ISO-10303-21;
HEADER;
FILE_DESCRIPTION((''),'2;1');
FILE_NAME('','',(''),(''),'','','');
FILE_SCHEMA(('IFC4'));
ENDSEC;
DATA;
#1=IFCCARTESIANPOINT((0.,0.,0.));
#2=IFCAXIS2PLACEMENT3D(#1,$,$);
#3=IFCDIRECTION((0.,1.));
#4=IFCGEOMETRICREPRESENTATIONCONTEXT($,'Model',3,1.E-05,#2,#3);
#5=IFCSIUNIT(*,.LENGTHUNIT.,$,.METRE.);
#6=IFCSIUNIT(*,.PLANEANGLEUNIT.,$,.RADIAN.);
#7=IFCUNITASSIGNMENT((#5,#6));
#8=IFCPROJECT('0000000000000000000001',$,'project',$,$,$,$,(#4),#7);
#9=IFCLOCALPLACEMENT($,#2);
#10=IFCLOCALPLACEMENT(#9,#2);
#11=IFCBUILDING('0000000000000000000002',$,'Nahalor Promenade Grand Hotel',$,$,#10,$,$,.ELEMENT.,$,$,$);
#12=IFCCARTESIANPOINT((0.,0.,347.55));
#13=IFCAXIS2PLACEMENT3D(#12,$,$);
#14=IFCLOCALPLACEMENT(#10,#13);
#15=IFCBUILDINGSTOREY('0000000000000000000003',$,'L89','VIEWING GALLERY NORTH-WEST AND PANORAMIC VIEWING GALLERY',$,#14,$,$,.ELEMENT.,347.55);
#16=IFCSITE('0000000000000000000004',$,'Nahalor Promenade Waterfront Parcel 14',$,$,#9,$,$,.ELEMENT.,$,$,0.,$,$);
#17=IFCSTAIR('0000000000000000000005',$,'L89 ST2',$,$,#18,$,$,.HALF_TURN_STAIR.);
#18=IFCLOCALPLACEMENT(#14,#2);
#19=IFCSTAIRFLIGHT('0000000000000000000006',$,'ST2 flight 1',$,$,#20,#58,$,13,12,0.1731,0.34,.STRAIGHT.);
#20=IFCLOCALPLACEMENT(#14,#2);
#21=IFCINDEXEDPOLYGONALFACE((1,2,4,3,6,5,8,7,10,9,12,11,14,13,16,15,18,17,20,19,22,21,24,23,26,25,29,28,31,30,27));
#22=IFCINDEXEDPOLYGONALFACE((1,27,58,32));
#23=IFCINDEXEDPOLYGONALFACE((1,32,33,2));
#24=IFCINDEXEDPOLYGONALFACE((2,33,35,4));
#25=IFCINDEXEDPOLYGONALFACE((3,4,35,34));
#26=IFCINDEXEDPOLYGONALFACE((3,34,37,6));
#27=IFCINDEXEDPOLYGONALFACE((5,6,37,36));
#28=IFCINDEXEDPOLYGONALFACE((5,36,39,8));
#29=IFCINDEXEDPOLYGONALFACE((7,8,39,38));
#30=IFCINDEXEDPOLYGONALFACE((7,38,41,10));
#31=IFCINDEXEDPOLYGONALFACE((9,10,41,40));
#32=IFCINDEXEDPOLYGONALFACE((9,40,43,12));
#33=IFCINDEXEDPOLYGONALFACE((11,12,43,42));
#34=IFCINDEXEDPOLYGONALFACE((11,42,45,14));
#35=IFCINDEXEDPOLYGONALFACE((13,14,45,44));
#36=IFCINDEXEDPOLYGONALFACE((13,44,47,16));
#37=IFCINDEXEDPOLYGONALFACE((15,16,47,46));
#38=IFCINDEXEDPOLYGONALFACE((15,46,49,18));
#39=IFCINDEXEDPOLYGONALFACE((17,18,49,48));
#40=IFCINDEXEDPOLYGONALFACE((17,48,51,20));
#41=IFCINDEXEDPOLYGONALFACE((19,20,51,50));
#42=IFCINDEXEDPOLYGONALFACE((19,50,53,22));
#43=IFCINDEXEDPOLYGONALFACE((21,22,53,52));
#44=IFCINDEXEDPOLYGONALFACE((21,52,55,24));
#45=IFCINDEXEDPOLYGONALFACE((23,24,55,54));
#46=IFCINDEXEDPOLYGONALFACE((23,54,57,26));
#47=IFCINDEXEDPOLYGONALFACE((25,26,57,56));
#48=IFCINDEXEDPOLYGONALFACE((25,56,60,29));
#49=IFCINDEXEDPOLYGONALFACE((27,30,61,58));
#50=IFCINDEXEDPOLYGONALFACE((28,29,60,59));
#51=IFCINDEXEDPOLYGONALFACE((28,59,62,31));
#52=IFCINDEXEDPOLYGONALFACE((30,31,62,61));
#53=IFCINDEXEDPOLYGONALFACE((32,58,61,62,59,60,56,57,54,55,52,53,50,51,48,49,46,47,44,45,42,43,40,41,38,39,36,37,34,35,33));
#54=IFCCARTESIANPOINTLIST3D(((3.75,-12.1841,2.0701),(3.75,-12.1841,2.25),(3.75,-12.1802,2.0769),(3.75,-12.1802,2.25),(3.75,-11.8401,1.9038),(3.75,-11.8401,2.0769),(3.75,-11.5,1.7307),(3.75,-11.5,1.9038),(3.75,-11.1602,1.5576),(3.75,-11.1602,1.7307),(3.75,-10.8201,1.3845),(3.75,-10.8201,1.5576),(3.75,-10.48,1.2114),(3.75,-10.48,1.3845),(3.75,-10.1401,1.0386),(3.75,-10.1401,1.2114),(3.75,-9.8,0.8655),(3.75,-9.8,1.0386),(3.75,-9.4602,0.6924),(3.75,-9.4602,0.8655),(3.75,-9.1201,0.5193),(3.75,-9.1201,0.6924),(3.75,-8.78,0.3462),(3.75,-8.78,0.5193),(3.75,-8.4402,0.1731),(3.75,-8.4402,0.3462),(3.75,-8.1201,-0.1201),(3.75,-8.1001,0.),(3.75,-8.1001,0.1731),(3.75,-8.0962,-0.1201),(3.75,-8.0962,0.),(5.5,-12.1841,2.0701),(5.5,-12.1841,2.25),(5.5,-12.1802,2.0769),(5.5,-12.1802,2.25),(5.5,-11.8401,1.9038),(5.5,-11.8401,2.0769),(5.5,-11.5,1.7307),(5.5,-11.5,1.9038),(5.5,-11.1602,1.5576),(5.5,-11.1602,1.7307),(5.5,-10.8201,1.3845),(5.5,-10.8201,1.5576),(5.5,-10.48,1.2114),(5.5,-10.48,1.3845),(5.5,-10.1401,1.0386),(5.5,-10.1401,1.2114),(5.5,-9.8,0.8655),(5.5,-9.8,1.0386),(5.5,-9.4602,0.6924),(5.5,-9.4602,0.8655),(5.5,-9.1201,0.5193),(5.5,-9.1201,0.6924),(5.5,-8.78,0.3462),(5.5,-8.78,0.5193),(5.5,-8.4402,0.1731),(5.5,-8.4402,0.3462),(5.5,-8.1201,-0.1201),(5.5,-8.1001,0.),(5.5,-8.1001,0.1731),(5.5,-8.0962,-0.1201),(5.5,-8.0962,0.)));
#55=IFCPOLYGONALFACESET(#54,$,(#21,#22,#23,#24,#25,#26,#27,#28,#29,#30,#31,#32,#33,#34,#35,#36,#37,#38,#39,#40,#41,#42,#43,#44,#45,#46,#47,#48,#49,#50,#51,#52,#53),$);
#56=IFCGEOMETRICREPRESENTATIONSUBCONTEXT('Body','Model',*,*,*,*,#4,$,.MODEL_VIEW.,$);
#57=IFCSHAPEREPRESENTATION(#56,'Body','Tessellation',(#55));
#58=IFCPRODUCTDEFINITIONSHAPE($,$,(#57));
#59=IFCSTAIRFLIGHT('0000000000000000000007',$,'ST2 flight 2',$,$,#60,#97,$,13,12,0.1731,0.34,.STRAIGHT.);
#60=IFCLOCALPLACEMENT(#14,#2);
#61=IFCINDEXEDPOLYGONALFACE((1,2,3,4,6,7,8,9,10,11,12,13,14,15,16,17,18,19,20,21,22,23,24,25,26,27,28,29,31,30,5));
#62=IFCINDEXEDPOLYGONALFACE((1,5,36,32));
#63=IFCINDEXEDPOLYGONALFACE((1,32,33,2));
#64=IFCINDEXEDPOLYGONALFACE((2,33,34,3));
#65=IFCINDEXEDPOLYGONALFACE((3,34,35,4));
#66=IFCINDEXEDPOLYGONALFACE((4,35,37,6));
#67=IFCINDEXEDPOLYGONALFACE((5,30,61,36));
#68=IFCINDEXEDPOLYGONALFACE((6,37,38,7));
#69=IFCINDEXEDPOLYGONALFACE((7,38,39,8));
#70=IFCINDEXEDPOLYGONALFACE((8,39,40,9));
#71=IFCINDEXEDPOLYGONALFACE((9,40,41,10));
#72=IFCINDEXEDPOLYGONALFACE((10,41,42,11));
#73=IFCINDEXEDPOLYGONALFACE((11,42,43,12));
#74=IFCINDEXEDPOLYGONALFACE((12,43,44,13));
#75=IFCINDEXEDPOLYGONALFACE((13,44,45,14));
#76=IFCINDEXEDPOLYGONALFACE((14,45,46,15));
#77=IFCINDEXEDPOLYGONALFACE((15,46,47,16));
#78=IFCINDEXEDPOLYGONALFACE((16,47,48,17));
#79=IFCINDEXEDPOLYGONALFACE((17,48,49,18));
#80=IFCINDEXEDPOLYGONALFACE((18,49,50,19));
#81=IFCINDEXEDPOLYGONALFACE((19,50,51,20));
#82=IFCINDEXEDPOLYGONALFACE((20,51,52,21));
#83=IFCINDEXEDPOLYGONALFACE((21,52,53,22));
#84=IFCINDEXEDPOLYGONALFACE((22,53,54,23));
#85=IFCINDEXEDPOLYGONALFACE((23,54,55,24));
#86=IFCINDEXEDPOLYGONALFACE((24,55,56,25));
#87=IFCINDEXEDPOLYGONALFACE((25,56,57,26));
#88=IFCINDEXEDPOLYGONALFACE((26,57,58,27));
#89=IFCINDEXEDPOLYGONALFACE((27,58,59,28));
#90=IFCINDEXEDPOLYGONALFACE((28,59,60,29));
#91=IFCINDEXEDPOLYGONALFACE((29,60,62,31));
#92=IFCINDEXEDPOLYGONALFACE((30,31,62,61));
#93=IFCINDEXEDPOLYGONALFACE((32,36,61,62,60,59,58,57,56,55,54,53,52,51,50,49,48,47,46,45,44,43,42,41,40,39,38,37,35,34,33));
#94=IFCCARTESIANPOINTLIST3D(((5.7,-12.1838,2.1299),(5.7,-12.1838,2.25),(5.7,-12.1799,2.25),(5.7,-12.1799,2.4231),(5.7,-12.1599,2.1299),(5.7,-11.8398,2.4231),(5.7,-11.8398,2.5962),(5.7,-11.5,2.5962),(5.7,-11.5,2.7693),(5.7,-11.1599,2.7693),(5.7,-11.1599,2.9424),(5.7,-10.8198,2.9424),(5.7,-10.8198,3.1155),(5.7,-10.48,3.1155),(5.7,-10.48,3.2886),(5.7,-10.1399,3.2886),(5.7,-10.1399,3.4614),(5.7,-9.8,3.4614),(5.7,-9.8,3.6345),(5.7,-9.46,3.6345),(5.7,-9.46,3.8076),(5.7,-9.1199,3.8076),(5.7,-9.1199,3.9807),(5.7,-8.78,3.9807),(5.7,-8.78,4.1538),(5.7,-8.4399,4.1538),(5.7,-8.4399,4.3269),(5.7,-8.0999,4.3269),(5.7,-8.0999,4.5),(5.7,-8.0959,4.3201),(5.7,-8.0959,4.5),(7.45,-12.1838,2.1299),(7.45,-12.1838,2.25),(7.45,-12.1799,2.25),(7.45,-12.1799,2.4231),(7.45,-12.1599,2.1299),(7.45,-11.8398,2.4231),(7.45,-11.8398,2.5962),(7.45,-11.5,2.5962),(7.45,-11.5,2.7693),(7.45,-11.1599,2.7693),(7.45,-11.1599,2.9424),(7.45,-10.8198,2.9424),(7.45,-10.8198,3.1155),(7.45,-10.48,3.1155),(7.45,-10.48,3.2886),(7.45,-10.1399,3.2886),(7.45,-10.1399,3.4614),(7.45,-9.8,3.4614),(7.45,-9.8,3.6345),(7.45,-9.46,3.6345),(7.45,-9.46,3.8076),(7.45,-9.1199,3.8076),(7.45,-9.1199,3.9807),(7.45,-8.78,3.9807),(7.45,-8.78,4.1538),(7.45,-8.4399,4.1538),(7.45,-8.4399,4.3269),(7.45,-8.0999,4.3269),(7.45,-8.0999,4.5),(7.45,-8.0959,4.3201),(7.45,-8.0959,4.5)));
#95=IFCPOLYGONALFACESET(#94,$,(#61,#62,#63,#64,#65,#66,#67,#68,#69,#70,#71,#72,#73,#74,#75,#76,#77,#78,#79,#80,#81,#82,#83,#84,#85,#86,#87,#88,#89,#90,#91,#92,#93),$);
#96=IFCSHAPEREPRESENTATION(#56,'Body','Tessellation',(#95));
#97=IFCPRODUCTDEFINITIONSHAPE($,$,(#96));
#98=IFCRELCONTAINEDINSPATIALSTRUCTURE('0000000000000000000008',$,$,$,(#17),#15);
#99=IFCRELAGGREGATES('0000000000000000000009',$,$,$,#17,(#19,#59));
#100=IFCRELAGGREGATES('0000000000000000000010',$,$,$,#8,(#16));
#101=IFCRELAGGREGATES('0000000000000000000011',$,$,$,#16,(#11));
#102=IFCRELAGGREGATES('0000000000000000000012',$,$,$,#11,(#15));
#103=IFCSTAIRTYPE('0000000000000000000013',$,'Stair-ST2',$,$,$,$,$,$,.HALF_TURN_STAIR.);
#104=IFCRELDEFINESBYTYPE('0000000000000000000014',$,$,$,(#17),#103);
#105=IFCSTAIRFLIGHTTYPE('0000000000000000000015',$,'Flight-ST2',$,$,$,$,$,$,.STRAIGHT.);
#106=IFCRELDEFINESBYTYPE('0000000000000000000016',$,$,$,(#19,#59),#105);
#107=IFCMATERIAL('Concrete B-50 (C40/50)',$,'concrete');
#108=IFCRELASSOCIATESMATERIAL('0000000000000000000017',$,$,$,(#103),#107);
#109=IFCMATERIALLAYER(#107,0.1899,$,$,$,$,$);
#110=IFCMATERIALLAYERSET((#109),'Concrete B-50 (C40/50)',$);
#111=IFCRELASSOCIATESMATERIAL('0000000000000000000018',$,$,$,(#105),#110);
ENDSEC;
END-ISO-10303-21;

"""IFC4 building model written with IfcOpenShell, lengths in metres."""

from ifc_helpers import new_model, si_unit, direction, frame, origin, place, context, subcontext, project, spatial, polyline, outline, extrude, source, transform, mapped, material, layer, layer_set, type_object, element, aggregate, save


model = new_model("IFC4")

# Units and contexts
model_context = context("Model", 3, precision=1e-05, world=origin(), true_north=direction((0.0, 1.0)))
body_context = subcontext(model_context, "Body", "Model", "MODEL_VIEW")
ifc_project = project(units=[si_unit("LENGTHUNIT", "METRE"), si_unit("PLANEANGLEUNIT", "RADIAN")], contexts=[model_context])

# Site, building, storey
site_placement = place(None, origin())
site = spatial("IfcSite", under=ifc_project, at=site_placement, Name="Nahalor Promenade Waterfront Parcel 14", CompositionType="ELEMENT", RefElevation=0.0)
building_placement = place(site_placement, origin())
building = spatial("IfcBuilding", under=site, at=building_placement, Name="Nahalor Promenade Grand Hotel", CompositionType="ELEMENT")
storey_placement = place(building_placement, frame((0.0, 0.0, 347.55)))
storey = spatial("IfcBuildingStorey", under=building, at=storey_placement, Name="L89", Description="VIEWING GALLERY NORTH-WEST AND PANORAMIC VIEWING GALLERY", CompositionType="ELEMENT", Elevation=347.55)

# Shared definitions
ifc_material_1 = material(Name="Concrete B-50 (C40/50)", Category="concrete")

# Stair, stair flights
stair_type = type_object("IfcStairType", Name="Stair-ST2", PredefinedType="HALF_TURN_STAIR", material=ifc_material_1)
stair_placement = place(storey_placement, origin())
stair = element("IfcStair", 1, at=stair_placement, inside=storey, type_object=stair_type, Name="L89 ST2", PredefinedType="HALF_TURN_STAIR")
ifc_layer_1 = layer(ifc_material_1, 0.1899)
ifc_layer_set_1 = layer_set([ifc_layer_1], Name="Concrete B-50 (C40/50)")
stair_flight_type = type_object("IfcStairFlightType", Name="Flight-ST2", PredefinedType="STRAIGHT", material=ifc_layer_set_1)
shared_shape_1 = source(origin(), body_context, "Body", "SweptSolid", [
    extrude(outline(polyline([(-0.0039, -0.1201), (-0.0039, 0.0), (0.0, 0.0), (0.0, 0.1731), (0.3401, 0.1731), (0.3401, 0.3462), (0.6799, 0.3462), (0.6799, 0.5193), (1.02, 0.5193), (1.02, 0.6924), (1.3601, 0.6924), (1.3601, 0.8655), (1.7, 0.8655), (1.7, 1.0386), (2.04, 1.0386), (2.04, 1.2114), (2.3799, 1.2114), (2.3799, 1.3845), (2.72, 1.3845), (2.72, 1.5576), (3.0601, 1.5576), (3.0601, 1.7307), (3.3999, 1.7307), (3.3999, 1.9038), (3.74, 1.9038), (3.74, 2.0769), (4.0801, 2.0769), (4.0801, 2.25), (4.084, 2.25), (4.084, 2.0701), (0.02, -0.1201), (-0.0039, -0.1201)])), frame((0.0, 0.875, 0.0), z_axis=(0.0, -1.0, 0.0), x_axis=(1.0, 0.0, 0.0)), (0.0, 0.0, 1.0), 1.75),
])
stair_flight_1_placement = place(storey_placement, frame((4.625, -8.1001, 0.0), z_axis=(0.0, 0.0, 1.0), x_axis=(0.0, -1.0, 0.0)))
stair_flight_1 = element("IfcStairFlight", 2, at=stair_flight_1_placement, type_object=stair_flight_type, Name="ST2 flight 1", NumberOfRisers=13, NumberOfTreads=12, PredefinedType="STRAIGHT", RiserHeight=0.1731, TreadLength=0.34, context=body_context, shape_type="MappedRepresentation", body=[
    mapped(shared_shape_1, transform((0.0, 0.0, 0.0), scale=1.0)),
])
stair_flight_2_placement = place(storey_placement, frame((6.575, -12.1799, 2.25), z_axis=(0.0, 0.0, 1.0), x_axis=(0.0, 1.0, 0.0)))
stair_flight_2 = element("IfcStairFlight", 3, at=stair_flight_2_placement, type_object=stair_flight_type, Name="ST2 flight 2", NumberOfRisers=13, NumberOfTreads=12, PredefinedType="STRAIGHT", RiserHeight=0.1731, TreadLength=0.34, context=body_context, shape_type="MappedRepresentation", body=[
    mapped(shared_shape_1, transform((0.0, 0.0, 0.0), scale=1.0)),
])
aggregate(stair, [stair_flight_1, stair_flight_2])

save(model, "model.ifc")
